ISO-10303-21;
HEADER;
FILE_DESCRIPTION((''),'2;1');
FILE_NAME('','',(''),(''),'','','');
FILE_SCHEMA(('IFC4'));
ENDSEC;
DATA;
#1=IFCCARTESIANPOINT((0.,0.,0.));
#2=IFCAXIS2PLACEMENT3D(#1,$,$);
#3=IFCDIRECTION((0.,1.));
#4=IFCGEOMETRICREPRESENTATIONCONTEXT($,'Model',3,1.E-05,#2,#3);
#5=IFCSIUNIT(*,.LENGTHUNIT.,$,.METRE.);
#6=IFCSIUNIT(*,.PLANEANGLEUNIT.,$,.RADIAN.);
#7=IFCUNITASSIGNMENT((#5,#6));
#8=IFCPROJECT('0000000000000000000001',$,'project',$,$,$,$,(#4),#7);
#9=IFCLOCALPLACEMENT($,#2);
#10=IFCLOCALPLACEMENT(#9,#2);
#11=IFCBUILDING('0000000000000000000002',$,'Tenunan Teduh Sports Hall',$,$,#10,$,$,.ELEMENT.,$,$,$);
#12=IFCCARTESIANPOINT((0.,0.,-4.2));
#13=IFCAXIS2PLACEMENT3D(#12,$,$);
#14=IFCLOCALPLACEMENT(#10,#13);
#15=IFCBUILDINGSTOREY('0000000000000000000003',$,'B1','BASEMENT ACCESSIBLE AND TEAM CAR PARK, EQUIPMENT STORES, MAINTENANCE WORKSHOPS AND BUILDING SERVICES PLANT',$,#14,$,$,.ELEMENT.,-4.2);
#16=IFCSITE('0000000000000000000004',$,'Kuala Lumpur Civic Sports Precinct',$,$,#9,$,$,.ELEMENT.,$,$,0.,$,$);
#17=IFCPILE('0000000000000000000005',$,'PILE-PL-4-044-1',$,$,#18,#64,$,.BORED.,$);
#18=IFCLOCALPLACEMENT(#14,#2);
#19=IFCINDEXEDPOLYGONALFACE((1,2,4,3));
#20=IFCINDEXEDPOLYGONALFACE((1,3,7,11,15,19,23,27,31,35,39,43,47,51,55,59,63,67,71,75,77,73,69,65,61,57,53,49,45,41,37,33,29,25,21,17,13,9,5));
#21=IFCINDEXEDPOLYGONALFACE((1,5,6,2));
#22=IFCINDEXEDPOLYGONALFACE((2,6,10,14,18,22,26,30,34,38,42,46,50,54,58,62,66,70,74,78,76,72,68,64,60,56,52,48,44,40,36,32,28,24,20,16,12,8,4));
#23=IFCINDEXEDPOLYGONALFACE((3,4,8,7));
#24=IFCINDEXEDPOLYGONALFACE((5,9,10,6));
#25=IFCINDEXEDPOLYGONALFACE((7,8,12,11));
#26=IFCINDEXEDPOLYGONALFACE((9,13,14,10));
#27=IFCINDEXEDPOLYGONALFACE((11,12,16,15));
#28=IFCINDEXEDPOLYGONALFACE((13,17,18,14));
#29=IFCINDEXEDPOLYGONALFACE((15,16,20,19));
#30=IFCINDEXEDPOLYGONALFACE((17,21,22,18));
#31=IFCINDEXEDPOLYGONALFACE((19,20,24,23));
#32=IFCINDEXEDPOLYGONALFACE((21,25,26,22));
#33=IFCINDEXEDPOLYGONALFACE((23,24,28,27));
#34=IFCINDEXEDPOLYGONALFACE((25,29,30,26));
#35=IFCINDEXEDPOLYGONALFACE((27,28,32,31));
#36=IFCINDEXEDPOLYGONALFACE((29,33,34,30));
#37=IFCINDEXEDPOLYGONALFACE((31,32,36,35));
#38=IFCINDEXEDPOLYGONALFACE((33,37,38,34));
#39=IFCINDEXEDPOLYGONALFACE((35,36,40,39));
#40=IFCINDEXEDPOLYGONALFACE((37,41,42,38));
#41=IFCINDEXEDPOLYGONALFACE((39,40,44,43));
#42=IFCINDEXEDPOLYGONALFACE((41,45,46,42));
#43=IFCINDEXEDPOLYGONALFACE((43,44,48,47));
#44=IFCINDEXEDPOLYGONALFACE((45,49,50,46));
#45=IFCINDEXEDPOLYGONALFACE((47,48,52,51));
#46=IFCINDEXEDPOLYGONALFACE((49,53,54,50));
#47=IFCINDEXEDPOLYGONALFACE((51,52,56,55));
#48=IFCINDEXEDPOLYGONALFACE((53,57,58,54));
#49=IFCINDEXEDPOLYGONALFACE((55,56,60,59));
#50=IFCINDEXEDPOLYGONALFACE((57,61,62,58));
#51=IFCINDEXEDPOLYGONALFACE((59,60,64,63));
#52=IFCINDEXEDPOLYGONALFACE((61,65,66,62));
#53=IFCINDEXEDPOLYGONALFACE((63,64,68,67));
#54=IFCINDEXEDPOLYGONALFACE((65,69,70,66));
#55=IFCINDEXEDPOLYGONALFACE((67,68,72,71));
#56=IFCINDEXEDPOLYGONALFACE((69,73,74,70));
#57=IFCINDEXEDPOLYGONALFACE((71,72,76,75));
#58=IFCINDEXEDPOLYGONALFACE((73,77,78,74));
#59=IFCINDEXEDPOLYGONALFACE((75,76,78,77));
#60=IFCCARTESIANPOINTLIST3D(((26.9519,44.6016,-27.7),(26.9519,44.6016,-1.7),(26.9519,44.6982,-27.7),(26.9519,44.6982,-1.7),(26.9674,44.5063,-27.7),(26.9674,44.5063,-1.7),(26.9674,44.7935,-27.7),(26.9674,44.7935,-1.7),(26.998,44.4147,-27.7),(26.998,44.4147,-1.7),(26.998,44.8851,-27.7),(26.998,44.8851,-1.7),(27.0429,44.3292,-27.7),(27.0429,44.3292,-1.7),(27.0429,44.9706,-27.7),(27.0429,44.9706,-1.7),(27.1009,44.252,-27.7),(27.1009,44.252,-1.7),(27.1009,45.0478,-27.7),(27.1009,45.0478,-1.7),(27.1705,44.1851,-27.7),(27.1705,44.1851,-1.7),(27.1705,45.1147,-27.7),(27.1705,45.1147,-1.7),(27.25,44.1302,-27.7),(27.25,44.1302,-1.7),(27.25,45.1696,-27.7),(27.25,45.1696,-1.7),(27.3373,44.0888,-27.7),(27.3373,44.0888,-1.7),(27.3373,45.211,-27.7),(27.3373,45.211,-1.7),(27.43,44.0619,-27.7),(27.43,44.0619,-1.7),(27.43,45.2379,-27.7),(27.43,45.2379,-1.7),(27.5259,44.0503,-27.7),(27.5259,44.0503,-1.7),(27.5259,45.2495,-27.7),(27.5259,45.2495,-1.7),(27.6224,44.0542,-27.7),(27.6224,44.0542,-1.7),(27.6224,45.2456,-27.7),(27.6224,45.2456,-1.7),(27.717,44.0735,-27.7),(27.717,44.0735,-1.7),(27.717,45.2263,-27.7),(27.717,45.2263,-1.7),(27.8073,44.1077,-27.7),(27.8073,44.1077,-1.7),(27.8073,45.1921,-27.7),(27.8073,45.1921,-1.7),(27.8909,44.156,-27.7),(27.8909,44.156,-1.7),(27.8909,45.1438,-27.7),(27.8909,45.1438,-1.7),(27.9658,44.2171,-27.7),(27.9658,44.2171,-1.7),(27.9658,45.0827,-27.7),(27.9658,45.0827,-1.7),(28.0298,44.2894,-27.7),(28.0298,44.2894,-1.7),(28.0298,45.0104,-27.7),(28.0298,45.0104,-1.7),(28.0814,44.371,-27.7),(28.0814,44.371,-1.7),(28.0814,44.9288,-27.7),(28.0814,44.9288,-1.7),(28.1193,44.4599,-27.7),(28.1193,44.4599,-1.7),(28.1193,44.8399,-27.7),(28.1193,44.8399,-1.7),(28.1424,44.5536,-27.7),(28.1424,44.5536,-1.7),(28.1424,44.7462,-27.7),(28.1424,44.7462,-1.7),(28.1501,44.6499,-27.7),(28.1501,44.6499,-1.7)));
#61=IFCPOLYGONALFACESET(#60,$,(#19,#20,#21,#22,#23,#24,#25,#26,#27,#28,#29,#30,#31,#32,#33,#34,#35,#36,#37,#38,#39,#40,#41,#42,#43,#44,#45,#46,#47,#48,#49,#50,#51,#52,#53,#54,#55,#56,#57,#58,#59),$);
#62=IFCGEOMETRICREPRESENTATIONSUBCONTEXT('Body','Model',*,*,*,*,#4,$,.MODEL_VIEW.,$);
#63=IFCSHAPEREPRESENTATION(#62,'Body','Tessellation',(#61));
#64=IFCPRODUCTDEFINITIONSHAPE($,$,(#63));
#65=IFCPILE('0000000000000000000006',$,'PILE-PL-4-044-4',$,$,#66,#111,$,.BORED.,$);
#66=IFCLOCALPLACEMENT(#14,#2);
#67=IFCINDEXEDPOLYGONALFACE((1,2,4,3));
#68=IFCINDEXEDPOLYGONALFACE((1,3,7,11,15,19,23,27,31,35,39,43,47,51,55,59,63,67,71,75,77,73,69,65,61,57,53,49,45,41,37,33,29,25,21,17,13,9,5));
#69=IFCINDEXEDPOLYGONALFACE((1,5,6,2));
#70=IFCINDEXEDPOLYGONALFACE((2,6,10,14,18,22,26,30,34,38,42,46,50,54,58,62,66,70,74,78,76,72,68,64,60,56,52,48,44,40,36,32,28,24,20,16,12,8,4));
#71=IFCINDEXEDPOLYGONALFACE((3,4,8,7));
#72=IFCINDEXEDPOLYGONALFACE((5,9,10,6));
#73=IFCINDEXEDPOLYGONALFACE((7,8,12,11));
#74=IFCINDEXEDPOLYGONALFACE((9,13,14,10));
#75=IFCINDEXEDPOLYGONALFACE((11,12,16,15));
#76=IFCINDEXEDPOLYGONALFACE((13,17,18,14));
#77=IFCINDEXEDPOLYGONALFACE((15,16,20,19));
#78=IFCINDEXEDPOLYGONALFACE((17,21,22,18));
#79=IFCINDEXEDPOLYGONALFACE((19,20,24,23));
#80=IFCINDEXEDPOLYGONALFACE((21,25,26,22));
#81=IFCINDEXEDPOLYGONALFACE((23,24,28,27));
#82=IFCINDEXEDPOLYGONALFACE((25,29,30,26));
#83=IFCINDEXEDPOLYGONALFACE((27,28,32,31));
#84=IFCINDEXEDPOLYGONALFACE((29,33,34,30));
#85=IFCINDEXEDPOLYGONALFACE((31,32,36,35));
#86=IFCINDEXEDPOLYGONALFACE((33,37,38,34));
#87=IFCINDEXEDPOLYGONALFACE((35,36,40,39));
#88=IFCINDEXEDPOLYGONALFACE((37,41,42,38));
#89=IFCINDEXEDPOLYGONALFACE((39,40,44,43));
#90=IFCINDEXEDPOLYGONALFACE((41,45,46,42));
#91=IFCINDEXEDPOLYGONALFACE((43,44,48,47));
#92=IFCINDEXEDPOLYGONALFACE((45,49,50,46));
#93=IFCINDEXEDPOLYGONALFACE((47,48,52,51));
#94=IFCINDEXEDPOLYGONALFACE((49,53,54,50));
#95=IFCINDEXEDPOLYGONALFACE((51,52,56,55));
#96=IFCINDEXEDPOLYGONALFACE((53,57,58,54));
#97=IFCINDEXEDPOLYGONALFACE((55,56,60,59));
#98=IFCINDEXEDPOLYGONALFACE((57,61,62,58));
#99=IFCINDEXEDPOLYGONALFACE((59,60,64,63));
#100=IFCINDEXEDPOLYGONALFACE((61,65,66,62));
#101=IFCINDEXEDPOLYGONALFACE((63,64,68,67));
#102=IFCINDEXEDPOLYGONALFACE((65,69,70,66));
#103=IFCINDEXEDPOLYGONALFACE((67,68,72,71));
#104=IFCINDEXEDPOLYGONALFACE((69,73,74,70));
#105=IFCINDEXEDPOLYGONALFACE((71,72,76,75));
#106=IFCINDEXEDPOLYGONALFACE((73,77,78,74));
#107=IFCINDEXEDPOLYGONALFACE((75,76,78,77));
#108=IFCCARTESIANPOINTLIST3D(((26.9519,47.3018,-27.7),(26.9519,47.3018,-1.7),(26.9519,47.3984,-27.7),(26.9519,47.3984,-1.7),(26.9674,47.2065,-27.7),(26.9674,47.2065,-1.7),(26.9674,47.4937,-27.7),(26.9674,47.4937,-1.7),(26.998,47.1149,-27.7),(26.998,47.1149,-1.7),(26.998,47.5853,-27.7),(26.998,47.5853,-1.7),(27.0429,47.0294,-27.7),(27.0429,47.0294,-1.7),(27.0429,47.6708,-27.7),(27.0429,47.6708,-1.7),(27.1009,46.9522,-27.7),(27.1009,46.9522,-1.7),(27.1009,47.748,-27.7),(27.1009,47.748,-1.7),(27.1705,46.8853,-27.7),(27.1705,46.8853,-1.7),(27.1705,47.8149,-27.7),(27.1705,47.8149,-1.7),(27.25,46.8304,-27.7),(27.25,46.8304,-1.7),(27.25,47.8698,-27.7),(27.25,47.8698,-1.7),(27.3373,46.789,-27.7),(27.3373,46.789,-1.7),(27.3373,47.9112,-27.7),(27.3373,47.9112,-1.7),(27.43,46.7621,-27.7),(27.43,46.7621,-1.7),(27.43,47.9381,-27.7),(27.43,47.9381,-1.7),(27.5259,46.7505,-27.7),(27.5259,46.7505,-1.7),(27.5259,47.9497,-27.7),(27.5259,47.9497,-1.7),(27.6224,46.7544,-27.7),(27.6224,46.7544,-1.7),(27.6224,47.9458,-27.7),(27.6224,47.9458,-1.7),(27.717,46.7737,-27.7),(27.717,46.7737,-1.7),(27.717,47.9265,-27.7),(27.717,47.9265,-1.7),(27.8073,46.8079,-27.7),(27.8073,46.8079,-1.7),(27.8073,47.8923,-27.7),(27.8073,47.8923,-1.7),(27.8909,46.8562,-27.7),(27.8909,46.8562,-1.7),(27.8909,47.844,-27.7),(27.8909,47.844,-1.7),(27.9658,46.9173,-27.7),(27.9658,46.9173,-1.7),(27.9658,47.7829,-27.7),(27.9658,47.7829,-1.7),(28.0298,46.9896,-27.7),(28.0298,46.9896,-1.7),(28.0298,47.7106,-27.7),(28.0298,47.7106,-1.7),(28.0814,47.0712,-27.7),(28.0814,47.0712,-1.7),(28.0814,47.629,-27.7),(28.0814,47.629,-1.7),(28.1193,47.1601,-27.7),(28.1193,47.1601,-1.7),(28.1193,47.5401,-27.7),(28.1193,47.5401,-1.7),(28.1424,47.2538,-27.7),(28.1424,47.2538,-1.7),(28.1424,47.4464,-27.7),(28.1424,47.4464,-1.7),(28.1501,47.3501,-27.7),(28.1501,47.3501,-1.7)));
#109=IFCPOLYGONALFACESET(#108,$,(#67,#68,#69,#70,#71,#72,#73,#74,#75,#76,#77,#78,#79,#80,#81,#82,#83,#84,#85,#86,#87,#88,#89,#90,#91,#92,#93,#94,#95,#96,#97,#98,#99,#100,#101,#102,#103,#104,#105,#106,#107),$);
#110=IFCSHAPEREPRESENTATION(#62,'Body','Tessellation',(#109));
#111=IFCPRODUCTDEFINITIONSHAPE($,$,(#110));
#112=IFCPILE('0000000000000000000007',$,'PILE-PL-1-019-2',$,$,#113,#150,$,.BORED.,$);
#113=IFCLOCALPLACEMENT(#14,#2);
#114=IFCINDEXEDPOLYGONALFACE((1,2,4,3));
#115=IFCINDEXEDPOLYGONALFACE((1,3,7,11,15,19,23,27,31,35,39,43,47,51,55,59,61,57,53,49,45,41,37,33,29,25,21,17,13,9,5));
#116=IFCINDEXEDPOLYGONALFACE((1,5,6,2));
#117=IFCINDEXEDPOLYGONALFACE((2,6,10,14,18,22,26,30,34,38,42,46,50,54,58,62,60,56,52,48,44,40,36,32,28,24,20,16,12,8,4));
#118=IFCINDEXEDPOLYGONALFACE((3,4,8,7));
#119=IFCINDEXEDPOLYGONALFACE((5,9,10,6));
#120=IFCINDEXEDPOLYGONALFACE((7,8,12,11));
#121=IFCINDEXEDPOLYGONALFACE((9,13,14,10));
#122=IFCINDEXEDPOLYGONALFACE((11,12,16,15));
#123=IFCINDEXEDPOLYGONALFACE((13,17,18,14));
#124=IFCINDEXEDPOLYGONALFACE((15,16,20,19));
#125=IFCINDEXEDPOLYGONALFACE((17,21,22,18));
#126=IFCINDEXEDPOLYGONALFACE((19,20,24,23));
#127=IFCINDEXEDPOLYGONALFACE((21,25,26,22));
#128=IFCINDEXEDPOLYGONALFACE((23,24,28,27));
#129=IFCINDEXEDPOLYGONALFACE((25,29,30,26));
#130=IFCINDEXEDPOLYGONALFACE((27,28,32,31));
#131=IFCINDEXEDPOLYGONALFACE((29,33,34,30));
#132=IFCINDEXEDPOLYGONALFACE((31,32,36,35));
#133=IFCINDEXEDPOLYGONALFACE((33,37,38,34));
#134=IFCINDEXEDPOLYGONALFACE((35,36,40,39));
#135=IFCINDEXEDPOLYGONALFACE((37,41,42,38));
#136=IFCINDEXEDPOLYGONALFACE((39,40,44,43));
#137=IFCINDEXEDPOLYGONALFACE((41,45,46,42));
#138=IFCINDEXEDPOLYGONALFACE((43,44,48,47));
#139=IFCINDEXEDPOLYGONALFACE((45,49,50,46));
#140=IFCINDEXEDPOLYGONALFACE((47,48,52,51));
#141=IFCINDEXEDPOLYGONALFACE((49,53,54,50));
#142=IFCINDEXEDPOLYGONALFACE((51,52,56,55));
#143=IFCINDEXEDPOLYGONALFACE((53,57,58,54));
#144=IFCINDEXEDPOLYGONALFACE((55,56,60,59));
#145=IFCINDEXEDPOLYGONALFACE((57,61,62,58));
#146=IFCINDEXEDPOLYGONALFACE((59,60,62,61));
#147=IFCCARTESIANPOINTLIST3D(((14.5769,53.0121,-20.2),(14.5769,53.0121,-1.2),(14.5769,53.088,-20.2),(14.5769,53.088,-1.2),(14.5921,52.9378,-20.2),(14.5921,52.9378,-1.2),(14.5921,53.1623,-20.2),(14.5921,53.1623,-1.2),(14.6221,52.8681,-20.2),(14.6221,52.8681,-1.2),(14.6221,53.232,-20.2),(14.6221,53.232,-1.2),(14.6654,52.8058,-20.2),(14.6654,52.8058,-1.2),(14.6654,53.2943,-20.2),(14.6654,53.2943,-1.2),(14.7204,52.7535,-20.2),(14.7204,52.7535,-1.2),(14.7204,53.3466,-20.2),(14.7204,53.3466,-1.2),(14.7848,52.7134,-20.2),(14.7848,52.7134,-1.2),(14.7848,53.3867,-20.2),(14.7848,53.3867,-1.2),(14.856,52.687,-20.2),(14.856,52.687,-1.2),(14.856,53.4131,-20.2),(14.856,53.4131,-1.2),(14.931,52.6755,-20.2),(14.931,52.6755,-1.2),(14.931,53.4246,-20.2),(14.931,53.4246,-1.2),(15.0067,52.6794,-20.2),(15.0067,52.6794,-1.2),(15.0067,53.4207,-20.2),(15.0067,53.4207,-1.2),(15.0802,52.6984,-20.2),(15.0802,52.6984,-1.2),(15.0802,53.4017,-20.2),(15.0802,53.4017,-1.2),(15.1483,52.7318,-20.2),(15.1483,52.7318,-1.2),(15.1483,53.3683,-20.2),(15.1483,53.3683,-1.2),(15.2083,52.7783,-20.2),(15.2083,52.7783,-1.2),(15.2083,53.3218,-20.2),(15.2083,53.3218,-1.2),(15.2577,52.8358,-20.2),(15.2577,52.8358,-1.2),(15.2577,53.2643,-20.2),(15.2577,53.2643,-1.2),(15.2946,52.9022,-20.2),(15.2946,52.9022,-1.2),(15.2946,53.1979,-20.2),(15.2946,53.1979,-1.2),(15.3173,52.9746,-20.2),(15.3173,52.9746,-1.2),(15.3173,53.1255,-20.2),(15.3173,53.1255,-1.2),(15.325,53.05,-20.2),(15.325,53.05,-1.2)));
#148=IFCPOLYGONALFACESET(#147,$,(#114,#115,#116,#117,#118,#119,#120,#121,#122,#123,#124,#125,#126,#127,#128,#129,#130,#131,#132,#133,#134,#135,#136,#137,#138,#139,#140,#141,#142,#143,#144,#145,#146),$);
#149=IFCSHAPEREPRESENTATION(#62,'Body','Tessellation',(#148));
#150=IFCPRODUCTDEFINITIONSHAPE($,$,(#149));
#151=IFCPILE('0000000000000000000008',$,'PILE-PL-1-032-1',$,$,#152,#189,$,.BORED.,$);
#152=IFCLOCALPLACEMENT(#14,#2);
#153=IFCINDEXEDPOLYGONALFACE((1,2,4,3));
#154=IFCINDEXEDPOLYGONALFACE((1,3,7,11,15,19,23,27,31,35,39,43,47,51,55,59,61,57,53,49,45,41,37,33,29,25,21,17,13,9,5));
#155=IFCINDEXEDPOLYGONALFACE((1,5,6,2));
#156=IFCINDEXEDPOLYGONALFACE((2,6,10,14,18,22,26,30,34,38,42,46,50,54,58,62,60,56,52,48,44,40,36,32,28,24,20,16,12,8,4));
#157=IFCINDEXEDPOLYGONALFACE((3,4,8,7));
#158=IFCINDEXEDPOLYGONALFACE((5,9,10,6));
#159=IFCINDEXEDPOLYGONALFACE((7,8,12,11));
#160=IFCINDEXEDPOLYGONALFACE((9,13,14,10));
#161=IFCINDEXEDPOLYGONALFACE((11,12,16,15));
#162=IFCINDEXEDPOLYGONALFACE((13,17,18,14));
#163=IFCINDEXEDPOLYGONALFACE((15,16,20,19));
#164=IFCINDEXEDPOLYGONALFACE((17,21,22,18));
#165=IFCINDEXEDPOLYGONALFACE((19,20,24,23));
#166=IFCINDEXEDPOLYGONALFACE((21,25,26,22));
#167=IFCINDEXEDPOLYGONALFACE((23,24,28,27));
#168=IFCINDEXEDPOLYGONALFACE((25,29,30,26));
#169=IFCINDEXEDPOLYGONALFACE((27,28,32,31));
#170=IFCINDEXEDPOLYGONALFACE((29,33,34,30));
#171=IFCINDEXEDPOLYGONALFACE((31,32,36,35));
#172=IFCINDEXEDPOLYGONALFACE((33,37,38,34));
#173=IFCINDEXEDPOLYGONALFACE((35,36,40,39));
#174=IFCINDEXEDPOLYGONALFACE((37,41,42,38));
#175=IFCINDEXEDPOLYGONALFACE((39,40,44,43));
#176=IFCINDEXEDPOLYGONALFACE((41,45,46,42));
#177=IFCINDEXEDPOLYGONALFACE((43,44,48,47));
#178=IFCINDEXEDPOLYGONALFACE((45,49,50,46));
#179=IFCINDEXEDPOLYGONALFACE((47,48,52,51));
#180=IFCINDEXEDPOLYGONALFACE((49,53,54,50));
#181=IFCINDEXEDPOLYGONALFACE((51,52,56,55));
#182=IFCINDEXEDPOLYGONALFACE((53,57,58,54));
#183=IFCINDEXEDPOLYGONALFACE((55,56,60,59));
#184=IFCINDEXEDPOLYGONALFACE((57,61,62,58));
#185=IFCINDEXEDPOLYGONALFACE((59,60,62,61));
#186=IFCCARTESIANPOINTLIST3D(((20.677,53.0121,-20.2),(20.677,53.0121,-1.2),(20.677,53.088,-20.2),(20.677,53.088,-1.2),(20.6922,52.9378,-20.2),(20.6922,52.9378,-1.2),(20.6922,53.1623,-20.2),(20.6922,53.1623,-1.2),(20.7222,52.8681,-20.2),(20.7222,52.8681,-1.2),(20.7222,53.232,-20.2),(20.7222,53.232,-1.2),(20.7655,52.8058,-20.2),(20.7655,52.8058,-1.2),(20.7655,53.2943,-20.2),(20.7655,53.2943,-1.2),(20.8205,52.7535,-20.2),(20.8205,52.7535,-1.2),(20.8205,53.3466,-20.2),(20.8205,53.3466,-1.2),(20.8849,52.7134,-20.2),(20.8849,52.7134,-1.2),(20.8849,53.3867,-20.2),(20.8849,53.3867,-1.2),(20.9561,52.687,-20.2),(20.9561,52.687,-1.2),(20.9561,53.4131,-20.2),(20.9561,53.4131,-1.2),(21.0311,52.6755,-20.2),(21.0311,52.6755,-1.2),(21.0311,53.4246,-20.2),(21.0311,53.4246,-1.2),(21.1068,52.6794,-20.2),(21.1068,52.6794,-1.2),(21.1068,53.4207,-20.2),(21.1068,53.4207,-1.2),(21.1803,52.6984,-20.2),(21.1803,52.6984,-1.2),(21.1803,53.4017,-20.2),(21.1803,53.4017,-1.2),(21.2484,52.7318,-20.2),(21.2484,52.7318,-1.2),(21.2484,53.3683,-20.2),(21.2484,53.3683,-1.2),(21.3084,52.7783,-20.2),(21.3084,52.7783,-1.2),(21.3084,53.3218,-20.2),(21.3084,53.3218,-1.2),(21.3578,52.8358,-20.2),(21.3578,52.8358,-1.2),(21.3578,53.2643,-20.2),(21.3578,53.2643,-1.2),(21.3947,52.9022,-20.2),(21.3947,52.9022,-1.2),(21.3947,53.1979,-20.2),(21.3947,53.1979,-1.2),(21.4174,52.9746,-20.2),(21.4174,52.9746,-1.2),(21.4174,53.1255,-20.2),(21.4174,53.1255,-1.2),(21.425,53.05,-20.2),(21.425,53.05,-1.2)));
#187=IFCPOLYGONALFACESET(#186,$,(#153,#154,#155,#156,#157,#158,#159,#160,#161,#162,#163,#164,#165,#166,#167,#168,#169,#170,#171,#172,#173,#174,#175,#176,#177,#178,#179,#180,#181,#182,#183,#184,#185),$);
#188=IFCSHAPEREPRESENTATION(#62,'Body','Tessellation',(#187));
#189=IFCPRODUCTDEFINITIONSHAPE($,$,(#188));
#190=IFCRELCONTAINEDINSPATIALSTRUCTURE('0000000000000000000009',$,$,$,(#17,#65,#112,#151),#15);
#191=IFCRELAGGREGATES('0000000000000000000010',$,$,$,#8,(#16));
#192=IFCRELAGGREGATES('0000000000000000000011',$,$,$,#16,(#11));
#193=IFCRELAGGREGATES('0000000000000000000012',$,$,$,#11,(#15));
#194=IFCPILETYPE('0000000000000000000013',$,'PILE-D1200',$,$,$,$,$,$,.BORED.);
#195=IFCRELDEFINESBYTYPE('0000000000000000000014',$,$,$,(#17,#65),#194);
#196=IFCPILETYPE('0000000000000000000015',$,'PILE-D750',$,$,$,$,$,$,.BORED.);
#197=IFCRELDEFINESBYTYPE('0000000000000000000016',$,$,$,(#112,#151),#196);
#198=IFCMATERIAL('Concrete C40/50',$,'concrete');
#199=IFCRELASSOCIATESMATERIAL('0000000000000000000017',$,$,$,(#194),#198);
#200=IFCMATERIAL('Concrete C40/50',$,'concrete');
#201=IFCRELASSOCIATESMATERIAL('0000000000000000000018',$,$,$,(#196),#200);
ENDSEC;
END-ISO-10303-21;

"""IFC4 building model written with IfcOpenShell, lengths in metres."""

from ifc_helpers import new_model, si_unit, direction, frame, origin, origin_2d, place, context, subcontext, project, spatial, circle, extrude, material, material_profile, profile_set, type_object, element, save


model = new_model("IFC4")

# Units and contexts
model_context = context("Model", 3, precision=1e-05, world=origin(), true_north=direction((0.0, 1.0)))
body_context = subcontext(model_context, "Body", "Model", "MODEL_VIEW")
ifc_project = project(units=[si_unit("LENGTHUNIT", "METRE"), si_unit("PLANEANGLEUNIT", "RADIAN")], contexts=[model_context])

# Site, building, storey
site_placement = place(None, origin())
site = spatial("IfcSite", under=ifc_project, at=site_placement, Name="Kuala Lumpur Civic Sports Precinct", CompositionType="ELEMENT", RefElevation=0.0)
building_placement = place(site_placement, origin())
building = spatial("IfcBuilding", under=site, at=building_placement, Name="Tenunan Teduh Sports Hall", CompositionType="ELEMENT")
storey_placement = place(building_placement, frame((0.0, 0.0, -4.2)))
storey = spatial("IfcBuildingStorey", under=building, at=storey_placement, Name="B1", Description="BASEMENT ACCESSIBLE AND TEAM CAR PARK, EQUIPMENT STORES, MAINTENANCE WORKSHOPS AND BUILDING SERVICES PLANT", CompositionType="ELEMENT", Elevation=-4.2)

# Piles
ifc_material_1 = material(Name="Concrete C40/50", Category="concrete")
ifc_material_profile_1 = material_profile(ifc_material_1, circle(Radius=0.6001, at=origin_2d()), Name="PILE D1200")
ifc_profile_set_1 = profile_set([ifc_material_profile_1], Name="Concrete C40/50")
pile_type_1 = type_object("IfcPileType", Name="PILE-D1200", PredefinedType="BORED", material=ifc_profile_set_1)
for number, where, z_axis, x_axis, name in (
    (1, (27.55, 44.6499, -1.7), (0.0, 0.0, -1.0), (1.0, 0.0, 0.0), "PILE-PL-4-044-1"),
    (2, (27.55, 47.3501, -1.7), (0.0, 0.0, -1.0), (1.0, 0.0, 0.0), "PILE-PL-4-044-4"),
):
    element("IfcPile", number, at=place(storey_placement, frame(where, z_axis=z_axis, x_axis=x_axis)), inside=storey, type_object=pile_type_1, Name=name, PredefinedType="BORED", context=body_context, shape_type="SweptSolid", body=[
        extrude(circle(Radius=0.6001, at=origin_2d()), origin(), (0.0, 0.0, 1.0), 26.0),
    ])
ifc_material_2 = material(Name="Concrete C40/50", Category="concrete")
ifc_material_profile_2 = material_profile(ifc_material_2, circle(Radius=0.375, at=origin_2d()), Name="PILE D750")
ifc_profile_set_2 = profile_set([ifc_material_profile_2], Name="Concrete C40/50")
pile_type_2 = type_object("IfcPileType", Name="PILE-D750", PredefinedType="BORED", material=ifc_profile_set_2)
for number, where, z_axis, x_axis, name in (
    (3, (14.95, 53.05, -1.2), (0.0, 0.0, -1.0), (1.0, 0.0, 0.0), "PILE-PL-1-019-2"),
    (4, (21.05, 53.05, -1.2), (0.0, 0.0, -1.0), (1.0, 0.0, 0.0), "PILE-PL-1-032-1"),
):
    element("IfcPile", number, at=place(storey_placement, frame(where, z_axis=z_axis, x_axis=x_axis)), inside=storey, type_object=pile_type_2, Name=name, PredefinedType="BORED", context=body_context, shape_type="SweptSolid", body=[
        extrude(circle(Radius=0.375, at=origin_2d()), origin(), (0.0, 0.0, 1.0), 19.0),
    ])

save(model, "model.ifc")
